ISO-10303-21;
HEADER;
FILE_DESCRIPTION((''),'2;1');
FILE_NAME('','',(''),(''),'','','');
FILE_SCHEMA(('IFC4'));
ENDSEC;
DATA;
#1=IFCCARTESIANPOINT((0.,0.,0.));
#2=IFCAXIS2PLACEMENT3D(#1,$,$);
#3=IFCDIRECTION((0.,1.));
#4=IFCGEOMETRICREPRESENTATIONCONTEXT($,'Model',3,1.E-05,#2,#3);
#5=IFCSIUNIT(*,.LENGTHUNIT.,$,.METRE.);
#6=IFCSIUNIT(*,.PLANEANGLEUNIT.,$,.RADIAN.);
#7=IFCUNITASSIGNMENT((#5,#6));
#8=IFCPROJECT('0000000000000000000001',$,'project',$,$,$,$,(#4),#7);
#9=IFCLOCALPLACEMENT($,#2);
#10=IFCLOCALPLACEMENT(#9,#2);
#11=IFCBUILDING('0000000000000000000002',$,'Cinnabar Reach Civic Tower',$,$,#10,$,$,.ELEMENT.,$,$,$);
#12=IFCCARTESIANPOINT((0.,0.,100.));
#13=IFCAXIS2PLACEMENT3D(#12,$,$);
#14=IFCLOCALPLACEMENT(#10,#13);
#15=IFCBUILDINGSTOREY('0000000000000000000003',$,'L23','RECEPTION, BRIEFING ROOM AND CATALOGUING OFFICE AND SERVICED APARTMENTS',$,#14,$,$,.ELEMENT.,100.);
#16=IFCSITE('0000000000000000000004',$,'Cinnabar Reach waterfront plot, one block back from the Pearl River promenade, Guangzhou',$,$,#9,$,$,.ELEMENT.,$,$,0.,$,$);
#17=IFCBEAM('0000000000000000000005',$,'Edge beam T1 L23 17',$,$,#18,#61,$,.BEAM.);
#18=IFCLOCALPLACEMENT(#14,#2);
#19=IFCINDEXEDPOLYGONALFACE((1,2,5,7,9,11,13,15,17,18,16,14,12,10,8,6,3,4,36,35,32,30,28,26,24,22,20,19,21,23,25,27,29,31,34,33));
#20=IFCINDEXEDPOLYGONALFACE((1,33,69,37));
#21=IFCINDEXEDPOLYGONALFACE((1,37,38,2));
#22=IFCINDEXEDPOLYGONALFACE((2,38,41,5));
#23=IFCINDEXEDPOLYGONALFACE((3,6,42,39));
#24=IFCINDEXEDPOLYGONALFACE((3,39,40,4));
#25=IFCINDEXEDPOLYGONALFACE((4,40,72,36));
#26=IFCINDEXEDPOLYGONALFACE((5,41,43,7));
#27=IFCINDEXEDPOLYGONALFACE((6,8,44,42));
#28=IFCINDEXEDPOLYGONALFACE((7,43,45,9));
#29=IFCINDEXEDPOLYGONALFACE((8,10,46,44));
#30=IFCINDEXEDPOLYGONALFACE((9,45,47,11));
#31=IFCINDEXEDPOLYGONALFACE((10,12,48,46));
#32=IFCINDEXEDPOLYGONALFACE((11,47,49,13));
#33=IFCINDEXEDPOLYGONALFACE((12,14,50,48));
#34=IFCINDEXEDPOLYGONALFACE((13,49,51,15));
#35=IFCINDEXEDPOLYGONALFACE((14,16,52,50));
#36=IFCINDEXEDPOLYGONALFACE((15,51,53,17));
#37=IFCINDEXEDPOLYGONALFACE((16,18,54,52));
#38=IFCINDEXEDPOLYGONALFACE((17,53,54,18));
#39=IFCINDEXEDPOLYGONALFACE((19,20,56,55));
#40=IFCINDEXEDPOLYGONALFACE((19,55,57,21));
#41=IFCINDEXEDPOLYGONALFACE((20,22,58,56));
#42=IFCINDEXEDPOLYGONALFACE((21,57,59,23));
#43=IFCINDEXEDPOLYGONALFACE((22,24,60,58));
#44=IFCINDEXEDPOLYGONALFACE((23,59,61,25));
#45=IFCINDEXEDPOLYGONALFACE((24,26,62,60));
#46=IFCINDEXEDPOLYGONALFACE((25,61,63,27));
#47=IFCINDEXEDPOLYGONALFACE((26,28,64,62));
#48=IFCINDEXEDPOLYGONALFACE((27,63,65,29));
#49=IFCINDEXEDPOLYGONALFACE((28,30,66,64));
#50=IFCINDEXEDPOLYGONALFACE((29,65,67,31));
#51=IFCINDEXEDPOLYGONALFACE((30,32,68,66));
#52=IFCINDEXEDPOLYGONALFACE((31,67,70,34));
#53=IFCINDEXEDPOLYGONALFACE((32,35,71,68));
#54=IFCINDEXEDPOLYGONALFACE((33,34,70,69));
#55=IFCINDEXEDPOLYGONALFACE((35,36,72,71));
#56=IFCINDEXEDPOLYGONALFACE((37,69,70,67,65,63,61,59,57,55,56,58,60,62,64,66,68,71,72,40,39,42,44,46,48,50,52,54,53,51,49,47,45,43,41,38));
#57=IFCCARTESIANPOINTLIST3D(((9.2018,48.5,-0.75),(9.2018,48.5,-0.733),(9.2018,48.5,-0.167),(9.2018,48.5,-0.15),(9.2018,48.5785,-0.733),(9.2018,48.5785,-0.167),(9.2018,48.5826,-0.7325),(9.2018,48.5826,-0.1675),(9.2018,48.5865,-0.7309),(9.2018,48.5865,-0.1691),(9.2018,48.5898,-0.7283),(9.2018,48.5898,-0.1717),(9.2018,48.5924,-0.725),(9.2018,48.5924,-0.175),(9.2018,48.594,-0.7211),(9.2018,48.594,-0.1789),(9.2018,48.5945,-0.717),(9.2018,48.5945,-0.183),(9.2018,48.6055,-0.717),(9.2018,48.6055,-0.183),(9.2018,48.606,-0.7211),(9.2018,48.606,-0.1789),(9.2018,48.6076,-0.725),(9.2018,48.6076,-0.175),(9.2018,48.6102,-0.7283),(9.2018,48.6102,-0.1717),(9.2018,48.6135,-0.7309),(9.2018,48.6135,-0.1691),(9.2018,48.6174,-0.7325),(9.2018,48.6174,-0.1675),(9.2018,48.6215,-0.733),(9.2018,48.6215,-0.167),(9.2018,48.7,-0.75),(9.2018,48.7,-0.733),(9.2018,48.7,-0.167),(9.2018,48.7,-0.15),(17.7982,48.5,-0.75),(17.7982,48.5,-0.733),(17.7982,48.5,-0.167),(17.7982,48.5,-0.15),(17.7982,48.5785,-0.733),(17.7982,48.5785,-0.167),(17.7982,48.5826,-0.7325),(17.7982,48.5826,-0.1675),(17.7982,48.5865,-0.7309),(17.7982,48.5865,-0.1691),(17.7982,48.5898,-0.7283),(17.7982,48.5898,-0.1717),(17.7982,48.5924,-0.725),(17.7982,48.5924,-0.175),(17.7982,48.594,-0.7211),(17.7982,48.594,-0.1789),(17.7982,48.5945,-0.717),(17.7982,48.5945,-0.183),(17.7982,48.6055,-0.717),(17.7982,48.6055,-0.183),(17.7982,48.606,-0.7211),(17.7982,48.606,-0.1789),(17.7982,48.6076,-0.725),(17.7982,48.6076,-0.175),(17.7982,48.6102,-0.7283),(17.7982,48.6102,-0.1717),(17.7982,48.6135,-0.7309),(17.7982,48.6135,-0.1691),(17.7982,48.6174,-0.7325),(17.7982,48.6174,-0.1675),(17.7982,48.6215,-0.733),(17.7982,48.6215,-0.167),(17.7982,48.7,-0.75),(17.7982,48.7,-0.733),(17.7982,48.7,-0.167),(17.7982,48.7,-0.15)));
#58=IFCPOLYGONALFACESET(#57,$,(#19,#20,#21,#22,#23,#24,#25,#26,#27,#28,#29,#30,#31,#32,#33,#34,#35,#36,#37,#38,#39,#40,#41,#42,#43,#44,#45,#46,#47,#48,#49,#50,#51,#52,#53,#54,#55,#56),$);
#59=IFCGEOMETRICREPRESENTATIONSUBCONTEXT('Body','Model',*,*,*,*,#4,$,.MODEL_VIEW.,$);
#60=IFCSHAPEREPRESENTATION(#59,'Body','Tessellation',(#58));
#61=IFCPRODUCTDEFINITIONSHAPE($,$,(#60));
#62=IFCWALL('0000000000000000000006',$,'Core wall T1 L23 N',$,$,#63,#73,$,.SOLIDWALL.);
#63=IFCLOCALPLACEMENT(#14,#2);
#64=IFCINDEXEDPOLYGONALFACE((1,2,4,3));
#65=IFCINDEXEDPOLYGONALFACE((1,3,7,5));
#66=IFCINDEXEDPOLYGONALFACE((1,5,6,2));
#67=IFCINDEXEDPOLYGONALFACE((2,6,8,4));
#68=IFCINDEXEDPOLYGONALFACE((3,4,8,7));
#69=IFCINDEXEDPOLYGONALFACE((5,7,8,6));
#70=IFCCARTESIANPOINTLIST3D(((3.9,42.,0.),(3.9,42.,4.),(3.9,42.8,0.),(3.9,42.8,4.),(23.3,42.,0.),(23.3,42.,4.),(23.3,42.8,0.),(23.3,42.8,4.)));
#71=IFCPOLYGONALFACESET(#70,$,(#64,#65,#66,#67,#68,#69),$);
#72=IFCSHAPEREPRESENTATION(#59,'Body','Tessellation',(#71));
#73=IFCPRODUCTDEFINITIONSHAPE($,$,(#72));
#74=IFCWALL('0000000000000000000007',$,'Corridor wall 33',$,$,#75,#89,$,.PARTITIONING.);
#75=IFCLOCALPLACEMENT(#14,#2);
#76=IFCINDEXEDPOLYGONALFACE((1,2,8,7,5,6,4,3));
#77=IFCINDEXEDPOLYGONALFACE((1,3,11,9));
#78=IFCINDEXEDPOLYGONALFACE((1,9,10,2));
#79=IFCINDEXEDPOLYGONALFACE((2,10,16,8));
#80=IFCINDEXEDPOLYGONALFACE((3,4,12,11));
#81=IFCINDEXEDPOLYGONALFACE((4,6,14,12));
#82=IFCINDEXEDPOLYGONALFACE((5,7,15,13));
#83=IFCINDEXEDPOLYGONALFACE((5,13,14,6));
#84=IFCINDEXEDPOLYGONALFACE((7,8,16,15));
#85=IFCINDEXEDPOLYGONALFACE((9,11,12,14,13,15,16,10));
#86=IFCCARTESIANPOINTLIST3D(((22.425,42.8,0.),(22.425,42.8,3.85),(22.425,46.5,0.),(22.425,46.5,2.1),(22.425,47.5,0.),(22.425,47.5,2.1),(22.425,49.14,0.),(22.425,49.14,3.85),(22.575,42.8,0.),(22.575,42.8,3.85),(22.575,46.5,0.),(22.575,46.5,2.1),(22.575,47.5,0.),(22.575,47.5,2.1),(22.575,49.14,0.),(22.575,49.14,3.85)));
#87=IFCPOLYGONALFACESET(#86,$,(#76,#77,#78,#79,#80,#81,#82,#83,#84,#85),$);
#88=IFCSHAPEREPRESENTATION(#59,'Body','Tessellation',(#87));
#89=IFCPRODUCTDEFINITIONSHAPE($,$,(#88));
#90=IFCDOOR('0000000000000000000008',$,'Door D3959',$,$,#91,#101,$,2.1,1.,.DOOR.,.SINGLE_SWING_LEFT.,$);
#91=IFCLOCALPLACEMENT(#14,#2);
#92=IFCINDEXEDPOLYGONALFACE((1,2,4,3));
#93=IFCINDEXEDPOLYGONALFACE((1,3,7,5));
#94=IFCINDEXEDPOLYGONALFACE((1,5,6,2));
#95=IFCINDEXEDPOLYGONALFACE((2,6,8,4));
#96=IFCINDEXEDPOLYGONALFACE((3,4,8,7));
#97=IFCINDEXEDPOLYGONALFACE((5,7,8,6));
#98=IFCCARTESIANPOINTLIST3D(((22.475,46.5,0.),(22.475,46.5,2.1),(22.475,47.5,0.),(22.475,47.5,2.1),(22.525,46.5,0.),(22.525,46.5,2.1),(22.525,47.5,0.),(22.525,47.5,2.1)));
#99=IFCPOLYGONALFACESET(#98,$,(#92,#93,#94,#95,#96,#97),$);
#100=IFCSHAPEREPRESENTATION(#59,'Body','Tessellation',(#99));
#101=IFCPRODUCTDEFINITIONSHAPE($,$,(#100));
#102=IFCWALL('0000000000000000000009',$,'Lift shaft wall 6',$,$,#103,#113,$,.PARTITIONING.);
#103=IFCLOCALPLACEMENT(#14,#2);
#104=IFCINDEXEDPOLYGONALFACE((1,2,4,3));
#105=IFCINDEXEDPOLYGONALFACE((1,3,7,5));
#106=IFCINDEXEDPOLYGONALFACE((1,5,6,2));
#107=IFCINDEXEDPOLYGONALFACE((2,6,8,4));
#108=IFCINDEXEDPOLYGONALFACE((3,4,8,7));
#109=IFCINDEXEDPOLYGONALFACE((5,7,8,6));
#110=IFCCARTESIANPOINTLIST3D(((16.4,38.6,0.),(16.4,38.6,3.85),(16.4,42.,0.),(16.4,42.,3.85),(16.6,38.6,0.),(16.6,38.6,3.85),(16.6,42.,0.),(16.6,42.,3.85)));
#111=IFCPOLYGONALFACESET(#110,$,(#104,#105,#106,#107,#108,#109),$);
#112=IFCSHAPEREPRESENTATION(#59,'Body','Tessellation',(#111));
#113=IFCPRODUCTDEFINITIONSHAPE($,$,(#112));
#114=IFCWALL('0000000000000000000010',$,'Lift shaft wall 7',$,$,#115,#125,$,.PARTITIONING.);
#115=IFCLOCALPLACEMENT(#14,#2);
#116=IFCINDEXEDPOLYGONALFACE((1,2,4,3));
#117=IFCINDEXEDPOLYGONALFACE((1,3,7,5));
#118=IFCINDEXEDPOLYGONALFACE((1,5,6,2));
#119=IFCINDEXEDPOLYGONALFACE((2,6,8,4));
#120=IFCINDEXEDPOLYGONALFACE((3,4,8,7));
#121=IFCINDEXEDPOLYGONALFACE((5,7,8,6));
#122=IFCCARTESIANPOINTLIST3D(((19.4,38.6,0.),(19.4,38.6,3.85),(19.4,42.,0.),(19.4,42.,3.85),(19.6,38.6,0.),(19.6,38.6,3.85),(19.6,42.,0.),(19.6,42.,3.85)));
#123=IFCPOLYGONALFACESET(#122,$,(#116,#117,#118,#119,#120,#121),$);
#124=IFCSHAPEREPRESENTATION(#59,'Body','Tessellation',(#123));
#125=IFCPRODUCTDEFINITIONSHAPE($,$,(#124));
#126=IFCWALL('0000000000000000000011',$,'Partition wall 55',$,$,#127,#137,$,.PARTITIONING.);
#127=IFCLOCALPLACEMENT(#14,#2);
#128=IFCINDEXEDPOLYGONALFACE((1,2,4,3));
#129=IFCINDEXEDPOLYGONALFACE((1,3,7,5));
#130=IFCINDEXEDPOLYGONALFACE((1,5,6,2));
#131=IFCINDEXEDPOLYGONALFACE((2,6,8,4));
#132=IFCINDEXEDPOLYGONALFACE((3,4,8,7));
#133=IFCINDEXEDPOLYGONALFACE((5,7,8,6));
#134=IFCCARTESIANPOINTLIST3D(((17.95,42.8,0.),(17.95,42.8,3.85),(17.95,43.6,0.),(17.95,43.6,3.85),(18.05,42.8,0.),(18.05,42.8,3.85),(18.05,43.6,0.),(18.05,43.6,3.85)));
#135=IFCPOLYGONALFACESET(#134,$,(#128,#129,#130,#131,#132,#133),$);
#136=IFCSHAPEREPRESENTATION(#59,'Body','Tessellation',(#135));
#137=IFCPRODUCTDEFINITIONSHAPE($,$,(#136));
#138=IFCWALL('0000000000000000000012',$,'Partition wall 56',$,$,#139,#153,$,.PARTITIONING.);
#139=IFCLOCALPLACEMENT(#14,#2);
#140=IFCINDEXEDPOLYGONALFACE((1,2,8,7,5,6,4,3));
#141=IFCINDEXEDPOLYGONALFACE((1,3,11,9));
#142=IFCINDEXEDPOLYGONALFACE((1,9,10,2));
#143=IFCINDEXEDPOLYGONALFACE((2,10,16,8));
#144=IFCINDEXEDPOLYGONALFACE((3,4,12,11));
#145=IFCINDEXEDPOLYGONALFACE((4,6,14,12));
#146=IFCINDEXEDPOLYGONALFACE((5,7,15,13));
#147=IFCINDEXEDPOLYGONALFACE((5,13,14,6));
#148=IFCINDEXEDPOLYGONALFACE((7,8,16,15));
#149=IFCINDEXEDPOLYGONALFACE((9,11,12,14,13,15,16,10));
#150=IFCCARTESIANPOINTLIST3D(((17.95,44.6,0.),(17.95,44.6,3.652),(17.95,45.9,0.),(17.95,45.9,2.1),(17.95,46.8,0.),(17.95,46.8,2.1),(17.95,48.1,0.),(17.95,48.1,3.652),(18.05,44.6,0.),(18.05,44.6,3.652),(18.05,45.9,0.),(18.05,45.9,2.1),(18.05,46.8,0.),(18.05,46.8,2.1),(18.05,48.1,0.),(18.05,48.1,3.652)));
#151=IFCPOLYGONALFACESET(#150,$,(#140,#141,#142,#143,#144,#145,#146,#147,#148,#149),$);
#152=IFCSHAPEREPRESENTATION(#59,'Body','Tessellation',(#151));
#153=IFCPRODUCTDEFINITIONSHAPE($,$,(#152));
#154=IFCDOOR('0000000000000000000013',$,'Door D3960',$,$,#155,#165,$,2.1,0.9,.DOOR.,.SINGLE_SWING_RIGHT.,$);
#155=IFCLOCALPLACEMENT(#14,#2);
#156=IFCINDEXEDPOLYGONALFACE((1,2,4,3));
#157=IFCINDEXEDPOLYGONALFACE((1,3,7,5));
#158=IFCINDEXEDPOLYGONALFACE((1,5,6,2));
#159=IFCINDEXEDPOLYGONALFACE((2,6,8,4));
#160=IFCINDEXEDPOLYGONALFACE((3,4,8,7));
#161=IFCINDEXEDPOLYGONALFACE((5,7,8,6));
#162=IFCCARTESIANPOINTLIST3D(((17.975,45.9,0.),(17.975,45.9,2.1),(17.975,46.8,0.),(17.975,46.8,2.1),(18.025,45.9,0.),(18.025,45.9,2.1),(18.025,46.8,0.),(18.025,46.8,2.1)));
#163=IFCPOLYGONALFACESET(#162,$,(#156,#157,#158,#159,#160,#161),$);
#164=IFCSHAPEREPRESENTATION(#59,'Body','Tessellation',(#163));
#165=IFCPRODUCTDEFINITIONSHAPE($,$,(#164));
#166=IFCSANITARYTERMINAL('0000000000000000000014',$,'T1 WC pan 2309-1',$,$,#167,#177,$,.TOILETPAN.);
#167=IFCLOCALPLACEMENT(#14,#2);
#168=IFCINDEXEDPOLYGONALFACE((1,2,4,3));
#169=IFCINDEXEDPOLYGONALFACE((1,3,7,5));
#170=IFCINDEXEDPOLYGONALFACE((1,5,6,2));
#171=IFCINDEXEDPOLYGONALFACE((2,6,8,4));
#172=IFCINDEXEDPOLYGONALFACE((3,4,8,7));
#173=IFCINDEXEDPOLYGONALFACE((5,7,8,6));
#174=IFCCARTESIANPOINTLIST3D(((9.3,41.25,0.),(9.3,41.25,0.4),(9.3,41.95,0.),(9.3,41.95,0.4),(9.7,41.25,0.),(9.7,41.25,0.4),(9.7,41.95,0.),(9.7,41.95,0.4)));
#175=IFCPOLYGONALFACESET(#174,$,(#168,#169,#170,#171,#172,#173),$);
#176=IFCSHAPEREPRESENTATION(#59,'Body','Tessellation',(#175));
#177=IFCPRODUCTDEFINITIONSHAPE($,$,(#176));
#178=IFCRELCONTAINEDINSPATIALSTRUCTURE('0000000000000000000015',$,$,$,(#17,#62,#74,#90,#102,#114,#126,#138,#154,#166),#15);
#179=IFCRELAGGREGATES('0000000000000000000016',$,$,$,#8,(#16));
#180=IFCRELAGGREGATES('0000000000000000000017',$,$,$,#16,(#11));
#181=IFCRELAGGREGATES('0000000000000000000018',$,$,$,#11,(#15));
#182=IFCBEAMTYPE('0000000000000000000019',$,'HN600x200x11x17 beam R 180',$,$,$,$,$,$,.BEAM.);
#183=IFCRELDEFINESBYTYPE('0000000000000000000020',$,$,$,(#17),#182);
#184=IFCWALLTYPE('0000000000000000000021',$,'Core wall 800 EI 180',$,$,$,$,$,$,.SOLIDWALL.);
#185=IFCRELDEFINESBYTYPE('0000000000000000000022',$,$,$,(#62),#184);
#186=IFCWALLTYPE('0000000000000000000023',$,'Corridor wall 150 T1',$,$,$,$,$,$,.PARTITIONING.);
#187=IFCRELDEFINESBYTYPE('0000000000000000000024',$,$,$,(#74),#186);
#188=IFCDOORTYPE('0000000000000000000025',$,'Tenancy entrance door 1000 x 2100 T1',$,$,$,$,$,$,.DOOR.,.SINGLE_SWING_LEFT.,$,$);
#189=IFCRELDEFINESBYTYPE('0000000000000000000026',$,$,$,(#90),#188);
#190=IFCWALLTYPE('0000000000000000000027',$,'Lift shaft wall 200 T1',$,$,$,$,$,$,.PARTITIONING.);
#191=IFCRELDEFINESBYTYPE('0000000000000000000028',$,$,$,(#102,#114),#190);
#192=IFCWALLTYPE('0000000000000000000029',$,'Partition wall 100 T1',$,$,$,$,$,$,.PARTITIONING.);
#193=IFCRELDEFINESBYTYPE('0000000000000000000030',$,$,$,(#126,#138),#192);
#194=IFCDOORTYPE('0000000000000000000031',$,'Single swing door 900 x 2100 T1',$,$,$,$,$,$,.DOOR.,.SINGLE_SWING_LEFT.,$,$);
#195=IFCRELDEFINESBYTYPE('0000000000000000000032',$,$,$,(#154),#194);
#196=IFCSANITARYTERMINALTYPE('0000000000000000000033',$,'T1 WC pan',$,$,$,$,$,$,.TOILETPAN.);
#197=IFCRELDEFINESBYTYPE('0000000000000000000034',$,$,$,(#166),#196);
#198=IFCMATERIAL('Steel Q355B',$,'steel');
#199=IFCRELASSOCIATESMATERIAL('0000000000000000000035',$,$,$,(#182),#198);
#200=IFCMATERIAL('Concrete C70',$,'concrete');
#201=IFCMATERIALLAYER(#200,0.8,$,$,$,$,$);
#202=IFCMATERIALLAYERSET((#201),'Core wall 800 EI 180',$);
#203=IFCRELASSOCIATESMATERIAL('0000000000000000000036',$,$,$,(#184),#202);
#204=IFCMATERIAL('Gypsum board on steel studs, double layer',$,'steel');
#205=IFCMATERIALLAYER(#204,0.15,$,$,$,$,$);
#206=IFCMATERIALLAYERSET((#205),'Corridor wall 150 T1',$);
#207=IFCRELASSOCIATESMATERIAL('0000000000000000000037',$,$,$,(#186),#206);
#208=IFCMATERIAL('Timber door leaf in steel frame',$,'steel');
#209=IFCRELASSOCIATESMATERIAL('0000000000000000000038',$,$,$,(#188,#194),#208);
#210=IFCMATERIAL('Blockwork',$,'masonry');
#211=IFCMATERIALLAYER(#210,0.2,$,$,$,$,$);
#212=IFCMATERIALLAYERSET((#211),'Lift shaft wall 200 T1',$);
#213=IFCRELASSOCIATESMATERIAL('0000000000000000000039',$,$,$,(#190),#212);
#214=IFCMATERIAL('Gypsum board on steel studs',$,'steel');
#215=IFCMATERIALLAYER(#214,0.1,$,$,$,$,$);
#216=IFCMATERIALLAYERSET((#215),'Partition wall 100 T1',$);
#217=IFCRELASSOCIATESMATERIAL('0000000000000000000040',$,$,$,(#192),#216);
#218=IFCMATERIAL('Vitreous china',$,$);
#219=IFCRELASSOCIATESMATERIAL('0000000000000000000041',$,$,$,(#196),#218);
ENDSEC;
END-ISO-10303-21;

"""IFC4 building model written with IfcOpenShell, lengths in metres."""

from ifc_helpers import new_model, si_unit, direction, frame, frame_2d, origin, origin_2d, place, context, subcontext, project, spatial, rectangle, i_section, extrude, material, layer, layer_set, material_profile, profile_set, type_object, element, fill, save


model = new_model("IFC4")

# Units and contexts
model_context = context("Model", 3, precision=1e-05, world=origin(), true_north=direction((0.0, 1.0)))
body_context = subcontext(model_context, "Body", "Model", "MODEL_VIEW")
ifc_project = project(units=[si_unit("LENGTHUNIT", "METRE"), si_unit("PLANEANGLEUNIT", "RADIAN")], contexts=[model_context])

# Site, building, storey
site_placement = place(None, origin())
site = spatial("IfcSite", under=ifc_project, at=site_placement, Name="Cinnabar Reach waterfront plot, one block back from the Pearl River promenade, Guangzhou", CompositionType="ELEMENT", RefElevation=0.0)
building_placement = place(site_placement, origin())
building = spatial("IfcBuilding", under=site, at=building_placement, Name="Cinnabar Reach Civic Tower", CompositionType="ELEMENT")
storey_placement = place(building_placement, frame((0.0, 0.0, 100.0)))
storey = spatial("IfcBuildingStorey", under=building, at=storey_placement, Name="L23", Description="RECEPTION, BRIEFING ROOM AND CATALOGUING OFFICE AND SERVICED APARTMENTS", CompositionType="ELEMENT", Elevation=100.0)

# Shared definitions
ifc_material_1 = material(Name="Concrete C70", Category="concrete")

# Beam
ifc_material_2 = material(Name="Steel Q355B", Category="steel")
ifc_material_profile_1 = material_profile(ifc_material_2, i_section(OverallWidth=0.2, OverallDepth=0.6, WebThickness=0.011, FlangeThickness=0.017, FilletRadius=0.016, at=origin_2d()), Name="HN600x200x11x17")
ifc_profile_set_1 = profile_set([ifc_material_profile_1], Name="Steel Q355B")
beam_type_1 = type_object("IfcBeamType", Name="HN600x200x11x17 beam R 180", PredefinedType="BEAM", material=ifc_profile_set_1)
for number, where, z_axis, x_axis, name in (
    (1, (17.7982, 48.6, -0.45), (-1.0, 0.0, 0.0), (0.0, -1.0, 0.0), "Edge beam T1 L23 17"),
):
    element("IfcBeam", number, at=place(storey_placement, frame(where, z_axis=z_axis, x_axis=x_axis)), inside=storey, type_object=beam_type_1, Name=name, PredefinedType="BEAM", context=body_context, shape_type="SweptSolid", body=[
        extrude(i_section(OverallWidth=0.2, OverallDepth=0.6, WebThickness=0.011, FlangeThickness=0.017, FilletRadius=0.016, at=origin_2d()), origin(), (0.0, 0.0, 1.0), 8.5964),
    ])

# Wall
ifc_layer_1 = layer(ifc_material_1, 0.8)
ifc_layer_set_1 = layer_set([ifc_layer_1], Name="Core wall 800 EI 180")
wall_type_1 = type_object("IfcWallType", Name="Core wall 800 EI 180", PredefinedType="SOLIDWALL", material=ifc_layer_set_1)
wall_1_placement = place(storey_placement, frame((23.3, 42.4, 0.0), z_axis=(0.0, 0.0, 1.0), x_axis=(-1.0, 0.0, 0.0)))
element("IfcWall", 2, at=wall_1_placement, inside=storey, type_object=wall_type_1, Name="Core wall T1 L23 N", PredefinedType="SOLIDWALL", context=body_context, shape_type="SweptSolid", body=[
    extrude(rectangle(XDim=19.4, YDim=0.8, at=frame_2d((9.7, 0.0))), origin(), (0.0, 0.0, 1.0), 4.0),
])

# Wall, opening, door
ifc_material_3 = material(Name="Gypsum board on steel studs, double layer", Category="steel")
ifc_layer_2 = layer(ifc_material_3, 0.15)
ifc_layer_set_2 = layer_set([ifc_layer_2], Name="Corridor wall 150 T1")
wall_type_2 = type_object("IfcWallType", Name="Corridor wall 150 T1", PredefinedType="PARTITIONING", material=ifc_layer_set_2)
wall_2_placement = place(storey_placement, frame((22.5, 42.8, 0.0), z_axis=(0.0, 0.0, 1.0), x_axis=(0.0, 1.0, 0.0)))
wall_2 = element("IfcWall", 3, at=wall_2_placement, inside=storey, type_object=wall_type_2, Name="Corridor wall 33", PredefinedType="PARTITIONING", context=body_context, shape_type="SweptSolid", body=[
    extrude(rectangle(XDim=6.34, YDim=0.15, at=frame_2d((3.17, 0.0))), origin(), (0.0, 0.0, 1.0), 3.85),
])
opening_1_placement = place(wall_2_placement, frame((3.7, 0.0, 0.0)))
opening_1 = element("IfcOpeningElement", 4, at=opening_1_placement, cuts=wall_2, PredefinedType="OPENING", context=body_context, shape_type="SweptSolid", body=[
    extrude(rectangle(XDim=1.0, YDim=2.1, at=frame_2d((0.5, 1.05))), frame((0.0, 0.085, 0.0), z_axis=(0.0, -1.0, 0.0), x_axis=(1.0, 0.0, 0.0)), (0.0, 0.0, 1.0), 0.17),
])
ifc_material_4 = material(Name="Timber door leaf in steel frame", Category="steel")
door_type_1 = type_object("IfcDoorType", Name="Tenancy entrance door 1000 x 2100 T1", OperationType="SINGLE_SWING_LEFT", PredefinedType="DOOR", material=ifc_material_4)
door_1_placement = place(opening_1_placement, origin())
door_1 = element("IfcDoor", 5, at=door_1_placement, inside=storey, type_object=door_type_1, Name="Door D3959", OperationType="SINGLE_SWING_LEFT", OverallHeight=2.1, OverallWidth=1.0, PredefinedType="DOOR", context=body_context, shape_type="SweptSolid", body=[
    extrude(rectangle(XDim=1.0, YDim=2.1, at=frame_2d((0.5, 1.05))), frame((0.0, 0.025, 0.0), z_axis=(0.0, -1.0, 0.0), x_axis=(1.0, 0.0, 0.0)), (0.0, 0.0, 1.0), 0.05),
])
fill(opening_1, door_1)

# Walls
ifc_material_5 = material(Name="Blockwork", Category="masonry")
ifc_layer_3 = layer(ifc_material_5, 0.2)
ifc_layer_set_3 = layer_set([ifc_layer_3], Name="Lift shaft wall 200 T1")
wall_type_3 = type_object("IfcWallType", Name="Lift shaft wall 200 T1", PredefinedType="PARTITIONING", material=ifc_layer_set_3)
for number, where, z_axis, x_axis, name in (
    (6, (16.5, 38.6, 0.0), (0.0, 0.0, 1.0), (0.0, 1.0, 0.0), "Lift shaft wall 6"),
    (7, (19.5, 38.6, 0.0), (0.0, 0.0, 1.0), (0.0, 1.0, 0.0), "Lift shaft wall 7"),
):
    element("IfcWall", number, at=place(storey_placement, frame(where, z_axis=z_axis, x_axis=x_axis)), inside=storey, type_object=wall_type_3, Name=name, PredefinedType="PARTITIONING", context=body_context, shape_type="SweptSolid", body=[
        extrude(rectangle(XDim=3.4, YDim=0.2, at=frame_2d((1.7, 0.0))), origin(), (0.0, 0.0, 1.0), 3.85),
    ])
ifc_material_6 = material(Name="Gypsum board on steel studs", Category="steel")
ifc_layer_4 = layer(ifc_material_6, 0.1)
ifc_layer_set_4 = layer_set([ifc_layer_4], Name="Partition wall 100 T1")
wall_type_4 = type_object("IfcWallType", Name="Partition wall 100 T1", PredefinedType="PARTITIONING", material=ifc_layer_set_4)
wall_3_placement = place(storey_placement, frame((18.0, 42.8, 0.0), z_axis=(0.0, 0.0, 1.0), x_axis=(0.0, 1.0, 0.0)))
element("IfcWall", 8, at=wall_3_placement, inside=storey, type_object=wall_type_4, Name="Partition wall 55", PredefinedType="PARTITIONING", context=body_context, shape_type="SweptSolid", body=[
    extrude(rectangle(XDim=0.8, YDim=0.1, at=frame_2d((0.4, 0.0))), origin(), (0.0, 0.0, 1.0), 3.85),
])

# Wall, opening, door
wall_4_placement = place(storey_placement, frame((18.0, 44.6, 0.0), z_axis=(0.0, 0.0, 1.0), x_axis=(0.0, 1.0, 0.0)))
wall_4 = element("IfcWall", 9, at=wall_4_placement, inside=storey, type_object=wall_type_4, Name="Partition wall 56", PredefinedType="PARTITIONING", context=body_context, shape_type="SweptSolid", body=[
    extrude(rectangle(XDim=3.5, YDim=0.1, at=frame_2d((1.75, 0.0))), origin(), (0.0, 0.0, 1.0), 3.652),
])
opening_2_placement = place(wall_4_placement, frame((1.3, 0.0, 0.0)))
opening_2 = element("IfcOpeningElement", 10, at=opening_2_placement, cuts=wall_4, PredefinedType="OPENING", context=body_context, shape_type="SweptSolid", body=[
    extrude(rectangle(XDim=0.9, YDim=2.1, at=frame_2d((0.45, 1.05))), frame((0.0, 0.06, 0.0), z_axis=(0.0, -1.0, 0.0), x_axis=(1.0, 0.0, 0.0)), (0.0, 0.0, 1.0), 0.12),
])
door_type_2 = type_object("IfcDoorType", Name="Single swing door 900 x 2100 T1", OperationType="SINGLE_SWING_LEFT", PredefinedType="DOOR", material=ifc_material_4)
door_2_placement = place(opening_2_placement, frame((0.9, 0.0, 0.0), z_axis=(0.0, 0.0, 1.0), x_axis=(-1.0, 0.0, 0.0)))
door_2 = element("IfcDoor", 11, at=door_2_placement, inside=storey, type_object=door_type_2, Name="Door D3960", OperationType="SINGLE_SWING_RIGHT", OverallHeight=2.1, OverallWidth=0.9, PredefinedType="DOOR", context=body_context, shape_type="SweptSolid", body=[
    extrude(rectangle(XDim=0.9, YDim=2.1, at=frame_2d((0.45, 1.05))), frame((0.0, 0.025, 0.0), z_axis=(0.0, -1.0, 0.0), x_axis=(1.0, 0.0, 0.0)), (0.0, 0.0, 1.0), 0.05),
])
fill(opening_2, door_2)

# Sanitary terminal
ifc_material_7 = material(Name="Vitreous china")
sanitary_terminal_type_1 = type_object("IfcSanitaryTerminalType", Name="T1 WC pan", PredefinedType="TOILETPAN", material=ifc_material_7)
for number, where, z_axis, x_axis, name in (
    (12, (9.5, 41.6, 0.0), (0.0, 0.0, 1.0), (1.0, 0.0, 0.0), "T1 WC pan 2309-1"),
):
    element("IfcSanitaryTerminal", number, at=place(storey_placement, frame(where, z_axis=z_axis, x_axis=x_axis)), inside=storey, type_object=sanitary_terminal_type_1, Name=name, PredefinedType="TOILETPAN", context=body_context, shape_type="SweptSolid", body=[
        extrude(rectangle(XDim=0.4, YDim=0.7, at=origin_2d()), origin(), (0.0, 0.0, 1.0), 0.4),
    ])

save(model, "model.ifc")
